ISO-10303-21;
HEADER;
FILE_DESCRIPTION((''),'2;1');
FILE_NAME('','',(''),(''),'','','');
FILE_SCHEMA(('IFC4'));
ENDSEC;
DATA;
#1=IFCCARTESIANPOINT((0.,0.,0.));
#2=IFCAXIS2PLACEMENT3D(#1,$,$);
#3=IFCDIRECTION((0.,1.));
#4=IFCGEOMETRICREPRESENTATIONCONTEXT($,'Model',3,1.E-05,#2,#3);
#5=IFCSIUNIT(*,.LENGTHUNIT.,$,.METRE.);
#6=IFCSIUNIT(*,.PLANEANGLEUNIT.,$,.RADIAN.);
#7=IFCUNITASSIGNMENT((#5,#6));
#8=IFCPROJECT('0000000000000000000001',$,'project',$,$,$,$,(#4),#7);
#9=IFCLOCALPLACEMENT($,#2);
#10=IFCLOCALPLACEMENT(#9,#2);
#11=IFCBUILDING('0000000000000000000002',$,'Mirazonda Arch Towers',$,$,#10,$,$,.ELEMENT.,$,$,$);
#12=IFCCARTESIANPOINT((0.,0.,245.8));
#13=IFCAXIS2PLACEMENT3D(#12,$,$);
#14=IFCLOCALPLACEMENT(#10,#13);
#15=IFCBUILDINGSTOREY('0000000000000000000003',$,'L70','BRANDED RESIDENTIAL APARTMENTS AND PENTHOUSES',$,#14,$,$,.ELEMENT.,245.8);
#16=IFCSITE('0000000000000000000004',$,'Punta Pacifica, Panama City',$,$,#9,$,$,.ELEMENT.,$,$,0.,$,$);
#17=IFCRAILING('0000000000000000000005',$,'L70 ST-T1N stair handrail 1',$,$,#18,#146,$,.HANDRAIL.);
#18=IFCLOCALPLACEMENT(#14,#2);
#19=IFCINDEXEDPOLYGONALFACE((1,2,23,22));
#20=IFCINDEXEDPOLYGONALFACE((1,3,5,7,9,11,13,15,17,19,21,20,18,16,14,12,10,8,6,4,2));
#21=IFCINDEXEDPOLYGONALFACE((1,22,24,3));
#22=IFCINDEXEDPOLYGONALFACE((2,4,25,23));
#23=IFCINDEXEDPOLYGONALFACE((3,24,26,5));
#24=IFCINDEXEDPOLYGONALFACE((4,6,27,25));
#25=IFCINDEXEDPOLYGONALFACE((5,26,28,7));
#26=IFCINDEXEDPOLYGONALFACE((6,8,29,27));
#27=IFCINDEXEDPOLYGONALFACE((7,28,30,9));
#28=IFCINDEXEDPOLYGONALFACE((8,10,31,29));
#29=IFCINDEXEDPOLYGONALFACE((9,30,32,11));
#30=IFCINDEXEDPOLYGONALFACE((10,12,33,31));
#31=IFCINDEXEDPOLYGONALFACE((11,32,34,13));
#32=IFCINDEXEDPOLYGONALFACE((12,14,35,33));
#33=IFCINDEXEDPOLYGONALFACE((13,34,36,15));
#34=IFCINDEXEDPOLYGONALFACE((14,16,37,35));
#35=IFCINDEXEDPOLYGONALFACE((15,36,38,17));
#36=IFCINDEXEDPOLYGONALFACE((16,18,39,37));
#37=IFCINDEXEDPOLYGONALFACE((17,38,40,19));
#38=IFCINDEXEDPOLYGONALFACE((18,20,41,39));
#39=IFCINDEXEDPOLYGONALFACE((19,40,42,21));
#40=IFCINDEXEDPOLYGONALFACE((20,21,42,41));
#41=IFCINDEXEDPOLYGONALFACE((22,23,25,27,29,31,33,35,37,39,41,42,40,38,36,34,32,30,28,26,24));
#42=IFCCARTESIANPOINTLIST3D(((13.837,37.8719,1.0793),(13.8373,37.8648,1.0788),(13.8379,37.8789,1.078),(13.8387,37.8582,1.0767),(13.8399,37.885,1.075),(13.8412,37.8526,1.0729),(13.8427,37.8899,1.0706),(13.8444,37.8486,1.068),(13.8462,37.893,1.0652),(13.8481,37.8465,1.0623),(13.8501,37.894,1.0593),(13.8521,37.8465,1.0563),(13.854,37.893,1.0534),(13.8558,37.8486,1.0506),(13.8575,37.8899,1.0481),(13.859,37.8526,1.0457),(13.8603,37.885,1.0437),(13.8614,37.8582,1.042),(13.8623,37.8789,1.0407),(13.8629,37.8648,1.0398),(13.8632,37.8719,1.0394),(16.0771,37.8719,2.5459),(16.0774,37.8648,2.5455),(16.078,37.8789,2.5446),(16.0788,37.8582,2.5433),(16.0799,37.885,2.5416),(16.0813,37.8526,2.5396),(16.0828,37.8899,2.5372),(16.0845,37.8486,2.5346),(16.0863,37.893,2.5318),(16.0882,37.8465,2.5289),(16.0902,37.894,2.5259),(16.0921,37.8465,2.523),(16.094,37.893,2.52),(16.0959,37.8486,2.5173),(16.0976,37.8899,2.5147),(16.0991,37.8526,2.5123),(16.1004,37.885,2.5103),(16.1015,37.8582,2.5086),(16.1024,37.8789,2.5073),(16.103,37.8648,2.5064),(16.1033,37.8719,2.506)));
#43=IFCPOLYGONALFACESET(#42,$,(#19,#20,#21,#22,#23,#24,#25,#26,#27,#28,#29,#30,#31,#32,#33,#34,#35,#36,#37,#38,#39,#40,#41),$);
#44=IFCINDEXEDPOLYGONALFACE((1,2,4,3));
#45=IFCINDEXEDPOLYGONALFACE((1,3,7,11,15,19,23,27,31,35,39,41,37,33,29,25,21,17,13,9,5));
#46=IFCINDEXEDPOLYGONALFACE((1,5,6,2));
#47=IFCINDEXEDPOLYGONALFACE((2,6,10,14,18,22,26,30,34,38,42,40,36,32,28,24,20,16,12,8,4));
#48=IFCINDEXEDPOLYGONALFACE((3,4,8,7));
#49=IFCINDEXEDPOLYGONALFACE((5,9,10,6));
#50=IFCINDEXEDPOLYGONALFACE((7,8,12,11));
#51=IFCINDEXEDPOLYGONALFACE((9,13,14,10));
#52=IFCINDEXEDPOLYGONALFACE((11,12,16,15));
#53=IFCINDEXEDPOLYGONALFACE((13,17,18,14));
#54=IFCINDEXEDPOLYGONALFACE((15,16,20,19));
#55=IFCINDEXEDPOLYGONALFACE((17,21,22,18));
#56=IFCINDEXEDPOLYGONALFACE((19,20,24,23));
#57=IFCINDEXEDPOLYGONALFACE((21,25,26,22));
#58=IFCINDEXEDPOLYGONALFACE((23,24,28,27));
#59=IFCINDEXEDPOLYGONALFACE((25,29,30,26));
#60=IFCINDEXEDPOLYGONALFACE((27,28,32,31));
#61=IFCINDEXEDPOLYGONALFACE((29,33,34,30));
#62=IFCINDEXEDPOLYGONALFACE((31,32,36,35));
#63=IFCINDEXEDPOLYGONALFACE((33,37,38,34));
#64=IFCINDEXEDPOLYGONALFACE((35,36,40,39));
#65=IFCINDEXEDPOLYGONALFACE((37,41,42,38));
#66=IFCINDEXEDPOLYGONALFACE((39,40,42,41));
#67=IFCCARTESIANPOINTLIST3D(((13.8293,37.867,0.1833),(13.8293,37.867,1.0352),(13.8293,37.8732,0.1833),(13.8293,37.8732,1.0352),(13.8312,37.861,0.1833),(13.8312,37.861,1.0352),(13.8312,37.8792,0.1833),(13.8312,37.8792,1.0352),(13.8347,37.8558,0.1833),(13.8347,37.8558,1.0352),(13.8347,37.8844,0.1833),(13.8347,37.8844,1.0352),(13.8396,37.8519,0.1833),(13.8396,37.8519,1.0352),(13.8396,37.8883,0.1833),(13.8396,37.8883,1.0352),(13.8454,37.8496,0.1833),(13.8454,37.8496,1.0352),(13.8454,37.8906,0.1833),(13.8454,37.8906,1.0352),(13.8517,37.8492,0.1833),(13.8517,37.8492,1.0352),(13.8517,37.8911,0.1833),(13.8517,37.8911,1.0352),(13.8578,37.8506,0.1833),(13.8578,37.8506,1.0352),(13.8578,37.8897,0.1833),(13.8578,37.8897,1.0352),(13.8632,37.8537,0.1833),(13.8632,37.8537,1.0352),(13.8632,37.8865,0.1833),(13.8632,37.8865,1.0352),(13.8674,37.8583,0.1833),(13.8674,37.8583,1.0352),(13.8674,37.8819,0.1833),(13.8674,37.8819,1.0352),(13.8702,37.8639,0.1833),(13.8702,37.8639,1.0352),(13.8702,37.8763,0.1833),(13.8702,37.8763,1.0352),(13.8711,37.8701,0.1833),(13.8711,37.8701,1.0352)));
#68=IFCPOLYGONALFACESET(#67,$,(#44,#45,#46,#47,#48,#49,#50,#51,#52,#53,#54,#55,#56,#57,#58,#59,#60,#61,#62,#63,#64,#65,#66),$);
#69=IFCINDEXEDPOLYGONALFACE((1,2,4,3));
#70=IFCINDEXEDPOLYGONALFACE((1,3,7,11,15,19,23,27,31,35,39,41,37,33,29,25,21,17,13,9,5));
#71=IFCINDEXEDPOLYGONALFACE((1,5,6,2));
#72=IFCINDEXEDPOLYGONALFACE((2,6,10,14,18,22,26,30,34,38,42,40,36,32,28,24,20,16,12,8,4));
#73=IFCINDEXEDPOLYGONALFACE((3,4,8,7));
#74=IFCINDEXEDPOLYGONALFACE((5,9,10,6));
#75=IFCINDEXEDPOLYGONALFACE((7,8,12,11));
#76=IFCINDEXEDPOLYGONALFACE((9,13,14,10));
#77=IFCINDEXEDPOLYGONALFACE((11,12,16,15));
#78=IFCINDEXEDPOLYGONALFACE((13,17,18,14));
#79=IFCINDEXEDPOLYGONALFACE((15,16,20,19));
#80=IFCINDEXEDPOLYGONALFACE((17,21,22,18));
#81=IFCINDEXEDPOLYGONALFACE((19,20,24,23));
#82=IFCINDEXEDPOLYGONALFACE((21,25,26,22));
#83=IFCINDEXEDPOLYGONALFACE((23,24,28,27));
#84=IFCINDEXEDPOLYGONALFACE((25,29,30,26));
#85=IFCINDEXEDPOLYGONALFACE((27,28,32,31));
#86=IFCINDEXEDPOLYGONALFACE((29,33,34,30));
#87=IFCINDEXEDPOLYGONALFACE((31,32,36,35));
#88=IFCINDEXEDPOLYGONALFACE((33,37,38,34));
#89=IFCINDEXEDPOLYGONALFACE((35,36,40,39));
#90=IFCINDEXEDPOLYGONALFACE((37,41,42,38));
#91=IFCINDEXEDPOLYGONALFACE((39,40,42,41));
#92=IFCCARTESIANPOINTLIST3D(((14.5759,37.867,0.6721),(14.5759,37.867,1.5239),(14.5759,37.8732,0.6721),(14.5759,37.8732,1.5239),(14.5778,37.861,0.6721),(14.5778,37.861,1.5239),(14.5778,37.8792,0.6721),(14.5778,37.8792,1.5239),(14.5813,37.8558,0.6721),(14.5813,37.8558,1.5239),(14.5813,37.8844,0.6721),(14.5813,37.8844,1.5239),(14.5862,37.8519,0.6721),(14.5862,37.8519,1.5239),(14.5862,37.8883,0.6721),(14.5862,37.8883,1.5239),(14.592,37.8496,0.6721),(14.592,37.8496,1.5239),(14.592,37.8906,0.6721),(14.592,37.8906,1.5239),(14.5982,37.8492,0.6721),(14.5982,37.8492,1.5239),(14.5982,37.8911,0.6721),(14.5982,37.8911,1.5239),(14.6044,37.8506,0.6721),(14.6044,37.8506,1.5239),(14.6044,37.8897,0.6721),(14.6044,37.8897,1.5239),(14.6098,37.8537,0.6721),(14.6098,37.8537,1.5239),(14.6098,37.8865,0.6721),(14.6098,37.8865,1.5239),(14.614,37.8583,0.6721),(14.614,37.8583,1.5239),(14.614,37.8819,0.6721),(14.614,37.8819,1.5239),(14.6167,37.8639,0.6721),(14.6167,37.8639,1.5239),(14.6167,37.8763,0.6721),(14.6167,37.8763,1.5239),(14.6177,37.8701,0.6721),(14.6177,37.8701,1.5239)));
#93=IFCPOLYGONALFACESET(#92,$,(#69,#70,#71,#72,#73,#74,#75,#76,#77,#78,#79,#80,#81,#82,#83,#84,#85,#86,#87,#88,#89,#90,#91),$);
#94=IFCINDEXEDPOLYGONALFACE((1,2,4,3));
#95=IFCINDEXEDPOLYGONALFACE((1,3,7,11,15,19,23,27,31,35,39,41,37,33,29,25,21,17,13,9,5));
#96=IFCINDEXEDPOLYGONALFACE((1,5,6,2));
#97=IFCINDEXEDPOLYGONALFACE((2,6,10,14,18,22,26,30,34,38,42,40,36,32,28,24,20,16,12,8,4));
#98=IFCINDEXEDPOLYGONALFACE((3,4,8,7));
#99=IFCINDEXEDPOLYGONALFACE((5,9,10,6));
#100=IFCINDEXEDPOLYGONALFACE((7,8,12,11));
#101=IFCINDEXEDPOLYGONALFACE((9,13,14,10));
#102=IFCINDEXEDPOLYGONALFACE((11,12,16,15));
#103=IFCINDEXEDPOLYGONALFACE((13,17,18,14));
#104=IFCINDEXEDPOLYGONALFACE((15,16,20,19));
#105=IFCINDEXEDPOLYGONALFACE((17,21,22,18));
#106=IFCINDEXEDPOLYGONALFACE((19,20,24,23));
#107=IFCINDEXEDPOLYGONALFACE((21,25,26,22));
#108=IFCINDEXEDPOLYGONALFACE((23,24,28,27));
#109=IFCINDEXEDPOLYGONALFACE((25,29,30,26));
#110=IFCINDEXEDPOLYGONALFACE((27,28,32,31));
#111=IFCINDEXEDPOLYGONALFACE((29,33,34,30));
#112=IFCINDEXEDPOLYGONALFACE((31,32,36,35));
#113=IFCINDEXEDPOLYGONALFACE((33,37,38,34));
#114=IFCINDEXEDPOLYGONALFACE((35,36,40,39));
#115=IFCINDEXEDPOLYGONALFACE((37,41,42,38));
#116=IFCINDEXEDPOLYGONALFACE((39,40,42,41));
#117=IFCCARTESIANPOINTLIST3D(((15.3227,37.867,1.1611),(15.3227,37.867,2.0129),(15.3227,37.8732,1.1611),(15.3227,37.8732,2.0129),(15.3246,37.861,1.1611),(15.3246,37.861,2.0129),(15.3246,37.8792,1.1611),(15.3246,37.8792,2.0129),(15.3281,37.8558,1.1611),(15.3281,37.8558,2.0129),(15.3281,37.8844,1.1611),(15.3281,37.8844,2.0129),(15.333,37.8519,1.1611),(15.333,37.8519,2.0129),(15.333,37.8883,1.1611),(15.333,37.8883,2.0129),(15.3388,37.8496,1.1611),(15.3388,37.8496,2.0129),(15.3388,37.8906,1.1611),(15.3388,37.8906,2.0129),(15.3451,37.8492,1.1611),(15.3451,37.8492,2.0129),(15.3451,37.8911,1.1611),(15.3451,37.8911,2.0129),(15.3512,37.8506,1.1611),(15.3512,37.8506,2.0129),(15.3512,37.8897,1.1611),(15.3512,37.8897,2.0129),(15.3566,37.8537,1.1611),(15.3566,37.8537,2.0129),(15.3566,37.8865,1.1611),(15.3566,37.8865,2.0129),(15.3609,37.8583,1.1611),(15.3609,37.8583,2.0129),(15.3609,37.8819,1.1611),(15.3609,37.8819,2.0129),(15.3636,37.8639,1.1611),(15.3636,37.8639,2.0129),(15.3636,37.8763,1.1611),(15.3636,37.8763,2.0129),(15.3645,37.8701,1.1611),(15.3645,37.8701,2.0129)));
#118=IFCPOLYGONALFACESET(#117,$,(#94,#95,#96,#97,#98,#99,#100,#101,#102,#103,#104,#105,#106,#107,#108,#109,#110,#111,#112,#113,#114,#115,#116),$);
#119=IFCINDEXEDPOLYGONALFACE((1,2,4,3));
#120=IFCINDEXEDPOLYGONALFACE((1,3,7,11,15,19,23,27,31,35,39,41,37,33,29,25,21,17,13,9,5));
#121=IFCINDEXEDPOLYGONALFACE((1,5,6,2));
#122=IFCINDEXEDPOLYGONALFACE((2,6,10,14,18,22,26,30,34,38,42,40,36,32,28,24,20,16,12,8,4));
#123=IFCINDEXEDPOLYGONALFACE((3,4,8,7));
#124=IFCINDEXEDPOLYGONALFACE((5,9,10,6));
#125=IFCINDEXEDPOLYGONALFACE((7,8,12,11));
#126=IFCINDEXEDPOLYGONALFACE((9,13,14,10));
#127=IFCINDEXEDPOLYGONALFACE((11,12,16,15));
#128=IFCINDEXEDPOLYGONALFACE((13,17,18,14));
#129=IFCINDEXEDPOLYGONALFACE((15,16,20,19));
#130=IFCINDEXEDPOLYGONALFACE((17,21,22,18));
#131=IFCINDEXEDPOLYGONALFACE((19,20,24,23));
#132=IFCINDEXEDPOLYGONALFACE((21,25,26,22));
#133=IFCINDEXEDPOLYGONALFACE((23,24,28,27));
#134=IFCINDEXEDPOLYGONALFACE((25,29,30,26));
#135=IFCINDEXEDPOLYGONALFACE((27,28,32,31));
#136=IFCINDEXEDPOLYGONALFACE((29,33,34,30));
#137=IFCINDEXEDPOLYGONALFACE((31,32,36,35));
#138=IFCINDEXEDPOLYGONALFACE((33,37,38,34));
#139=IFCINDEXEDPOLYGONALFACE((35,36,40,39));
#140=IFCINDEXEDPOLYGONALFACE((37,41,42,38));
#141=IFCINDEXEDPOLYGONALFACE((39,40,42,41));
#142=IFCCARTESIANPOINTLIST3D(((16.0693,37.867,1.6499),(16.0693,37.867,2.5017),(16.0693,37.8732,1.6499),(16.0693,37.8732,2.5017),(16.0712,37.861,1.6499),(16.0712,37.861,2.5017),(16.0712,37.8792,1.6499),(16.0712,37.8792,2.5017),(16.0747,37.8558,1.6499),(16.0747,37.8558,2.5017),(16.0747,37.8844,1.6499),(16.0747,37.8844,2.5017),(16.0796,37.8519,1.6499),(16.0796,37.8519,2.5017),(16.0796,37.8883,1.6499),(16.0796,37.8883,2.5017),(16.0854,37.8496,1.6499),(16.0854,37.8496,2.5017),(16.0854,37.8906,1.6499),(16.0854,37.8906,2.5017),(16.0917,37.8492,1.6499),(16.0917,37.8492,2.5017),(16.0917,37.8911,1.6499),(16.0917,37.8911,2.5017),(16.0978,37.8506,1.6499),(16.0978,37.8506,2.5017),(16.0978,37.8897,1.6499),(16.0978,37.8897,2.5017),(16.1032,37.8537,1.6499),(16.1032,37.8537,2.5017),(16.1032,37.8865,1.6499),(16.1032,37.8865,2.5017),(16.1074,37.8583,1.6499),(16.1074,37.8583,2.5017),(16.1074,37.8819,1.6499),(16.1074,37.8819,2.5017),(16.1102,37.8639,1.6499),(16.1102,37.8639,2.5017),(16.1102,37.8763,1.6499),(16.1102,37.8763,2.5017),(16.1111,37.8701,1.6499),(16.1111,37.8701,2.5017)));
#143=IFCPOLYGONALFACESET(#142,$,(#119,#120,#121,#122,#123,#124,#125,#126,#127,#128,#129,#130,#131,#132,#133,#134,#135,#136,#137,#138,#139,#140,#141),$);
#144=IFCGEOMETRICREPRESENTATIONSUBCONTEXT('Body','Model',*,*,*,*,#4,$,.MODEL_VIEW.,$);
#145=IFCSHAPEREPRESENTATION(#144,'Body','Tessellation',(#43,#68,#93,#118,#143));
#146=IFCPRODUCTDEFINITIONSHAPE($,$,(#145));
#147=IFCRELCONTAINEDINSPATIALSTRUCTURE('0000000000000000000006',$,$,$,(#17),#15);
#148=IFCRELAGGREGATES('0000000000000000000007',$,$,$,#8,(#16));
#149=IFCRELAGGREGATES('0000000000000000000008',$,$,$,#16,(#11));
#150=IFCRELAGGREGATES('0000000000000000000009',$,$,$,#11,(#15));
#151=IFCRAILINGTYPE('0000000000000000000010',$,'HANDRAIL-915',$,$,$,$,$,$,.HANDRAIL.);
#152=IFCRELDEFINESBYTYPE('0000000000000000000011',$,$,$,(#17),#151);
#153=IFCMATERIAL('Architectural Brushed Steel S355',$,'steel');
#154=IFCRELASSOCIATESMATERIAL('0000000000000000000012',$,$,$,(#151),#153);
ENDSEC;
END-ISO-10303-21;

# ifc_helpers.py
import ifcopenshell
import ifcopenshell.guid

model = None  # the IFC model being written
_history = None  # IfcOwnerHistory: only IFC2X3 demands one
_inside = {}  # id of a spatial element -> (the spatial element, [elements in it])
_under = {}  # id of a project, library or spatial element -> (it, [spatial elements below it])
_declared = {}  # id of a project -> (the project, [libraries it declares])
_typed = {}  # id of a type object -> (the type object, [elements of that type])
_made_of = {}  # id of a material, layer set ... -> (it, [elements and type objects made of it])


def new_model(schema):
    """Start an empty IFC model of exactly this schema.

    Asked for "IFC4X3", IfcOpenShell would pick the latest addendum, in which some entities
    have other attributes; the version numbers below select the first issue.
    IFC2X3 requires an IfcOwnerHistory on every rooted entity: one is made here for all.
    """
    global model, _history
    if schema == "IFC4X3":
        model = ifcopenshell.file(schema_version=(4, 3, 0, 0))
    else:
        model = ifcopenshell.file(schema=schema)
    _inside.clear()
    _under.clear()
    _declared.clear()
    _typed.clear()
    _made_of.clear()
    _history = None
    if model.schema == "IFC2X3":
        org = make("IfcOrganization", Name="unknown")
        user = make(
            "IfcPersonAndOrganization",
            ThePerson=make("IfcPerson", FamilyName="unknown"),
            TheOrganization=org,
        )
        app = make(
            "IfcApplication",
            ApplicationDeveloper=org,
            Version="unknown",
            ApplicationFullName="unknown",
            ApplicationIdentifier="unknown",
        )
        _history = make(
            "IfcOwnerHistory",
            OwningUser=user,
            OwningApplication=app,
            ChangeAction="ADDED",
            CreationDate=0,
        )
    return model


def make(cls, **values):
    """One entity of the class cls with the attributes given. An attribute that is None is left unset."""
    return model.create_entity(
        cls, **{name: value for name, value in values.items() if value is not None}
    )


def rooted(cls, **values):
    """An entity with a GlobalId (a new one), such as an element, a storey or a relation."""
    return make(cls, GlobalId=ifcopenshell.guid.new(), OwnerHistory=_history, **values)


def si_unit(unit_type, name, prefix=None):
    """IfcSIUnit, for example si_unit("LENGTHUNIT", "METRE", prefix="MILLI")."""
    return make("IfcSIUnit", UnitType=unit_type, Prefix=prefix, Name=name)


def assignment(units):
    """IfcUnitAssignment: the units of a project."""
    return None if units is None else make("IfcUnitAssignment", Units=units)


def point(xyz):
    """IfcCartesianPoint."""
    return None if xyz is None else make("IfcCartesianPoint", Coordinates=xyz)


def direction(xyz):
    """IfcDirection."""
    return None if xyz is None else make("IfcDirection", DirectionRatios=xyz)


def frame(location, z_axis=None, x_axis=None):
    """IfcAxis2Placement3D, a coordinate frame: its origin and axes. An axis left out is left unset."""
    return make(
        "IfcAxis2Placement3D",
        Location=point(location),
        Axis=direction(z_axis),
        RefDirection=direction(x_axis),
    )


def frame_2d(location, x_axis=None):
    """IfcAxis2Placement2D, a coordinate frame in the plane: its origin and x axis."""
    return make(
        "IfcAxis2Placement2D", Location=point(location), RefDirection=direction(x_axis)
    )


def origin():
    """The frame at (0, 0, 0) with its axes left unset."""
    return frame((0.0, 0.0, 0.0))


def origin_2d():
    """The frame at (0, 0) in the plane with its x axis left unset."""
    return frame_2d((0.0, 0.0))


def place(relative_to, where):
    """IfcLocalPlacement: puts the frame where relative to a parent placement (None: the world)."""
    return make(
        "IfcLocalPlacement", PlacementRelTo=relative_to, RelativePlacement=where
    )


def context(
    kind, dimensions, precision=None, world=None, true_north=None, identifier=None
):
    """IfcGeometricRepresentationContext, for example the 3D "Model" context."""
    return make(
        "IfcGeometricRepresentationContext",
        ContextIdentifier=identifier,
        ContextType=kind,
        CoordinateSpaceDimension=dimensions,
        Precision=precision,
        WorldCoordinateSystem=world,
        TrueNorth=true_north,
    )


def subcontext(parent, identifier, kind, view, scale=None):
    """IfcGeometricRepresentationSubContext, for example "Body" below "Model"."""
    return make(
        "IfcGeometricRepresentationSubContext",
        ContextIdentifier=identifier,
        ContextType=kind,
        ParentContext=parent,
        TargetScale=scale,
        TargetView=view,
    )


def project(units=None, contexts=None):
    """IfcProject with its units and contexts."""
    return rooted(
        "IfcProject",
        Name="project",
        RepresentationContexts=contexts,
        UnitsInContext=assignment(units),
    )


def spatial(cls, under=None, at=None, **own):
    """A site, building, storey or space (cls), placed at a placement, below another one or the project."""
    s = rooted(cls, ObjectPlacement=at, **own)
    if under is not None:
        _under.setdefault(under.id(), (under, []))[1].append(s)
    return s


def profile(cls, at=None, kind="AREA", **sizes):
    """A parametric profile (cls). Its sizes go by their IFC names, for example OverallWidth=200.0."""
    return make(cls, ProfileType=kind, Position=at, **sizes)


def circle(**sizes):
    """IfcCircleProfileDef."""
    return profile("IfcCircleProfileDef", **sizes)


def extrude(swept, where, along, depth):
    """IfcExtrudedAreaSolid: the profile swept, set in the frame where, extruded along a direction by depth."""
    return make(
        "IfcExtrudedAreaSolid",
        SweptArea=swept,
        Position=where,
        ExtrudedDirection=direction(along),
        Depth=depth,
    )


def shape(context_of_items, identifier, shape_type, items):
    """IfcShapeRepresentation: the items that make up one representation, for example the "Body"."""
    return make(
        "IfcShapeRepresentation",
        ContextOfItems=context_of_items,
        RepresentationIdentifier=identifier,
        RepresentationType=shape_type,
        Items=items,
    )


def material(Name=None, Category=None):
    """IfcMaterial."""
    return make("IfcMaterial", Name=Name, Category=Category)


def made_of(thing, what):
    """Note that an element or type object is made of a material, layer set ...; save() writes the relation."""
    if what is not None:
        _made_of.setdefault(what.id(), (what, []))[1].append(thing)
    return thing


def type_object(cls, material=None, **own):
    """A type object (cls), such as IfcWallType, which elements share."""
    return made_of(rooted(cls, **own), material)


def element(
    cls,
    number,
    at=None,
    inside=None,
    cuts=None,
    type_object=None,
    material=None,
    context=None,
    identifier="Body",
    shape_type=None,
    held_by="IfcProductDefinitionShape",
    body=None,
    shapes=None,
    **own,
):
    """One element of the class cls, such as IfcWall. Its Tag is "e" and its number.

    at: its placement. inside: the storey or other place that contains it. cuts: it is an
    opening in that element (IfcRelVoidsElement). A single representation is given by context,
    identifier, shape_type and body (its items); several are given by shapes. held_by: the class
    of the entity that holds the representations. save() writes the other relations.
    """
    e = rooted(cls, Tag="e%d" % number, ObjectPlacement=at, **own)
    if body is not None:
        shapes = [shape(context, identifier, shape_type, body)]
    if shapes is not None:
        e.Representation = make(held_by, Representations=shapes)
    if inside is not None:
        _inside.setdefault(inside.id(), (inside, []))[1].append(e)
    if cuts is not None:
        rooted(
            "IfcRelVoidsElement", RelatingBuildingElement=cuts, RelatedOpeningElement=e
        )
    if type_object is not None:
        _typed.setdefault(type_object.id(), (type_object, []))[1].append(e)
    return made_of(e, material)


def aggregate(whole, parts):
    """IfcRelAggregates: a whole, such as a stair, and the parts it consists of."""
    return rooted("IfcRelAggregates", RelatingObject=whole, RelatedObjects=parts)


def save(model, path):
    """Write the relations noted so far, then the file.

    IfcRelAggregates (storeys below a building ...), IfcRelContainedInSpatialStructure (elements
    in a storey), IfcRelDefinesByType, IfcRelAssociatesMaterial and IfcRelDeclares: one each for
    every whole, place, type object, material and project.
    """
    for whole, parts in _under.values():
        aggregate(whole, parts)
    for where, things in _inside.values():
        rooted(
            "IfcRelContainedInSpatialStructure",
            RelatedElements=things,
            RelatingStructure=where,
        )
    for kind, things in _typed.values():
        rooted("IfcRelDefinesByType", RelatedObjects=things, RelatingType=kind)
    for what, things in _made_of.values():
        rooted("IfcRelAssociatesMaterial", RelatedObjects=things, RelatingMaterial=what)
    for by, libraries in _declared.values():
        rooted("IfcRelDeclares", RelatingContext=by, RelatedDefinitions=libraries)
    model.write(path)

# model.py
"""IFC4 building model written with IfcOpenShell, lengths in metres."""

from ifc_helpers import new_model, si_unit, direction, frame, origin, origin_2d, place, context, subcontext, project, spatial, circle, extrude, material, type_object, element, save


model = new_model("IFC4")

# Units and contexts
model_context = context("Model", 3, precision=1e-05, world=origin(), true_north=direction((0.0, 1.0)))
body_context = subcontext(model_context, "Body", "Model", "MODEL_VIEW")
ifc_project = project(units=[si_unit("LENGTHUNIT", "METRE"), si_unit("PLANEANGLEUNIT", "RADIAN")], contexts=[model_context])

# Site, building, storey
site_placement = place(None, origin())
site = spatial("IfcSite", under=ifc_project, at=site_placement, Name="Punta Pacifica, Panama City", CompositionType="ELEMENT", RefElevation=0.0)
building_placement = place(site_placement, origin())
building = spatial("IfcBuilding", under=site, at=building_placement, Name="Mirazonda Arch Towers", CompositionType="ELEMENT")
storey_placement = place(building_placement, frame((0.0, 0.0, 245.8)))
storey = spatial("IfcBuildingStorey", under=building, at=storey_placement, Name="L70", Description="BRANDED RESIDENTIAL APARTMENTS AND PENTHOUSES", CompositionType="ELEMENT", Elevation=245.8)

# Shared definitions
ifc_material_1 = material(Name="Architectural Brushed Steel S355", Category="steel")

# Railing
railing_type_1 = type_object("IfcRailingType", Name="HANDRAIL-915", PredefinedType="HANDRAIL", material=ifc_material_1)
railing_1_placement = place(storey_placement, frame((13.8501, 37.8701, 0.1833)))
element("IfcRailing", 1, at=railing_1_placement, inside=storey, type_object=railing_type_1, Name="L70 ST-T1N stair handrail 1", PredefinedType="HANDRAIL", context=body_context, shape_type="SweptSolid", body=[
    extrude(circle(Radius=0.0239, at=origin_2d()), frame((0.0, 0.0, 0.876), z_axis=(0.836637, 0.0, 0.547758), x_axis=(0.0, 1.0, 0.0)), (0.0, 0.0, 1.0), 2.6775),
    extrude(circle(Radius=0.021, at=origin_2d()), origin(), (0.0, 0.0, 1.0), 0.8518),
    extrude(circle(Radius=0.021, at=origin_2d()), frame((0.7466, 0.0, 0.4888)), (0.0, 0.0, 1.0), 0.8518),
    extrude(circle(Radius=0.021, at=origin_2d()), frame((1.4934, 0.0, 0.9778)), (0.0, 0.0, 1.0), 0.8518),
    extrude(circle(Radius=0.021, at=origin_2d()), frame((2.24, 0.0, 1.4666)), (0.0, 0.0, 1.0), 0.8518),
])

save(model, "model.ifc")
